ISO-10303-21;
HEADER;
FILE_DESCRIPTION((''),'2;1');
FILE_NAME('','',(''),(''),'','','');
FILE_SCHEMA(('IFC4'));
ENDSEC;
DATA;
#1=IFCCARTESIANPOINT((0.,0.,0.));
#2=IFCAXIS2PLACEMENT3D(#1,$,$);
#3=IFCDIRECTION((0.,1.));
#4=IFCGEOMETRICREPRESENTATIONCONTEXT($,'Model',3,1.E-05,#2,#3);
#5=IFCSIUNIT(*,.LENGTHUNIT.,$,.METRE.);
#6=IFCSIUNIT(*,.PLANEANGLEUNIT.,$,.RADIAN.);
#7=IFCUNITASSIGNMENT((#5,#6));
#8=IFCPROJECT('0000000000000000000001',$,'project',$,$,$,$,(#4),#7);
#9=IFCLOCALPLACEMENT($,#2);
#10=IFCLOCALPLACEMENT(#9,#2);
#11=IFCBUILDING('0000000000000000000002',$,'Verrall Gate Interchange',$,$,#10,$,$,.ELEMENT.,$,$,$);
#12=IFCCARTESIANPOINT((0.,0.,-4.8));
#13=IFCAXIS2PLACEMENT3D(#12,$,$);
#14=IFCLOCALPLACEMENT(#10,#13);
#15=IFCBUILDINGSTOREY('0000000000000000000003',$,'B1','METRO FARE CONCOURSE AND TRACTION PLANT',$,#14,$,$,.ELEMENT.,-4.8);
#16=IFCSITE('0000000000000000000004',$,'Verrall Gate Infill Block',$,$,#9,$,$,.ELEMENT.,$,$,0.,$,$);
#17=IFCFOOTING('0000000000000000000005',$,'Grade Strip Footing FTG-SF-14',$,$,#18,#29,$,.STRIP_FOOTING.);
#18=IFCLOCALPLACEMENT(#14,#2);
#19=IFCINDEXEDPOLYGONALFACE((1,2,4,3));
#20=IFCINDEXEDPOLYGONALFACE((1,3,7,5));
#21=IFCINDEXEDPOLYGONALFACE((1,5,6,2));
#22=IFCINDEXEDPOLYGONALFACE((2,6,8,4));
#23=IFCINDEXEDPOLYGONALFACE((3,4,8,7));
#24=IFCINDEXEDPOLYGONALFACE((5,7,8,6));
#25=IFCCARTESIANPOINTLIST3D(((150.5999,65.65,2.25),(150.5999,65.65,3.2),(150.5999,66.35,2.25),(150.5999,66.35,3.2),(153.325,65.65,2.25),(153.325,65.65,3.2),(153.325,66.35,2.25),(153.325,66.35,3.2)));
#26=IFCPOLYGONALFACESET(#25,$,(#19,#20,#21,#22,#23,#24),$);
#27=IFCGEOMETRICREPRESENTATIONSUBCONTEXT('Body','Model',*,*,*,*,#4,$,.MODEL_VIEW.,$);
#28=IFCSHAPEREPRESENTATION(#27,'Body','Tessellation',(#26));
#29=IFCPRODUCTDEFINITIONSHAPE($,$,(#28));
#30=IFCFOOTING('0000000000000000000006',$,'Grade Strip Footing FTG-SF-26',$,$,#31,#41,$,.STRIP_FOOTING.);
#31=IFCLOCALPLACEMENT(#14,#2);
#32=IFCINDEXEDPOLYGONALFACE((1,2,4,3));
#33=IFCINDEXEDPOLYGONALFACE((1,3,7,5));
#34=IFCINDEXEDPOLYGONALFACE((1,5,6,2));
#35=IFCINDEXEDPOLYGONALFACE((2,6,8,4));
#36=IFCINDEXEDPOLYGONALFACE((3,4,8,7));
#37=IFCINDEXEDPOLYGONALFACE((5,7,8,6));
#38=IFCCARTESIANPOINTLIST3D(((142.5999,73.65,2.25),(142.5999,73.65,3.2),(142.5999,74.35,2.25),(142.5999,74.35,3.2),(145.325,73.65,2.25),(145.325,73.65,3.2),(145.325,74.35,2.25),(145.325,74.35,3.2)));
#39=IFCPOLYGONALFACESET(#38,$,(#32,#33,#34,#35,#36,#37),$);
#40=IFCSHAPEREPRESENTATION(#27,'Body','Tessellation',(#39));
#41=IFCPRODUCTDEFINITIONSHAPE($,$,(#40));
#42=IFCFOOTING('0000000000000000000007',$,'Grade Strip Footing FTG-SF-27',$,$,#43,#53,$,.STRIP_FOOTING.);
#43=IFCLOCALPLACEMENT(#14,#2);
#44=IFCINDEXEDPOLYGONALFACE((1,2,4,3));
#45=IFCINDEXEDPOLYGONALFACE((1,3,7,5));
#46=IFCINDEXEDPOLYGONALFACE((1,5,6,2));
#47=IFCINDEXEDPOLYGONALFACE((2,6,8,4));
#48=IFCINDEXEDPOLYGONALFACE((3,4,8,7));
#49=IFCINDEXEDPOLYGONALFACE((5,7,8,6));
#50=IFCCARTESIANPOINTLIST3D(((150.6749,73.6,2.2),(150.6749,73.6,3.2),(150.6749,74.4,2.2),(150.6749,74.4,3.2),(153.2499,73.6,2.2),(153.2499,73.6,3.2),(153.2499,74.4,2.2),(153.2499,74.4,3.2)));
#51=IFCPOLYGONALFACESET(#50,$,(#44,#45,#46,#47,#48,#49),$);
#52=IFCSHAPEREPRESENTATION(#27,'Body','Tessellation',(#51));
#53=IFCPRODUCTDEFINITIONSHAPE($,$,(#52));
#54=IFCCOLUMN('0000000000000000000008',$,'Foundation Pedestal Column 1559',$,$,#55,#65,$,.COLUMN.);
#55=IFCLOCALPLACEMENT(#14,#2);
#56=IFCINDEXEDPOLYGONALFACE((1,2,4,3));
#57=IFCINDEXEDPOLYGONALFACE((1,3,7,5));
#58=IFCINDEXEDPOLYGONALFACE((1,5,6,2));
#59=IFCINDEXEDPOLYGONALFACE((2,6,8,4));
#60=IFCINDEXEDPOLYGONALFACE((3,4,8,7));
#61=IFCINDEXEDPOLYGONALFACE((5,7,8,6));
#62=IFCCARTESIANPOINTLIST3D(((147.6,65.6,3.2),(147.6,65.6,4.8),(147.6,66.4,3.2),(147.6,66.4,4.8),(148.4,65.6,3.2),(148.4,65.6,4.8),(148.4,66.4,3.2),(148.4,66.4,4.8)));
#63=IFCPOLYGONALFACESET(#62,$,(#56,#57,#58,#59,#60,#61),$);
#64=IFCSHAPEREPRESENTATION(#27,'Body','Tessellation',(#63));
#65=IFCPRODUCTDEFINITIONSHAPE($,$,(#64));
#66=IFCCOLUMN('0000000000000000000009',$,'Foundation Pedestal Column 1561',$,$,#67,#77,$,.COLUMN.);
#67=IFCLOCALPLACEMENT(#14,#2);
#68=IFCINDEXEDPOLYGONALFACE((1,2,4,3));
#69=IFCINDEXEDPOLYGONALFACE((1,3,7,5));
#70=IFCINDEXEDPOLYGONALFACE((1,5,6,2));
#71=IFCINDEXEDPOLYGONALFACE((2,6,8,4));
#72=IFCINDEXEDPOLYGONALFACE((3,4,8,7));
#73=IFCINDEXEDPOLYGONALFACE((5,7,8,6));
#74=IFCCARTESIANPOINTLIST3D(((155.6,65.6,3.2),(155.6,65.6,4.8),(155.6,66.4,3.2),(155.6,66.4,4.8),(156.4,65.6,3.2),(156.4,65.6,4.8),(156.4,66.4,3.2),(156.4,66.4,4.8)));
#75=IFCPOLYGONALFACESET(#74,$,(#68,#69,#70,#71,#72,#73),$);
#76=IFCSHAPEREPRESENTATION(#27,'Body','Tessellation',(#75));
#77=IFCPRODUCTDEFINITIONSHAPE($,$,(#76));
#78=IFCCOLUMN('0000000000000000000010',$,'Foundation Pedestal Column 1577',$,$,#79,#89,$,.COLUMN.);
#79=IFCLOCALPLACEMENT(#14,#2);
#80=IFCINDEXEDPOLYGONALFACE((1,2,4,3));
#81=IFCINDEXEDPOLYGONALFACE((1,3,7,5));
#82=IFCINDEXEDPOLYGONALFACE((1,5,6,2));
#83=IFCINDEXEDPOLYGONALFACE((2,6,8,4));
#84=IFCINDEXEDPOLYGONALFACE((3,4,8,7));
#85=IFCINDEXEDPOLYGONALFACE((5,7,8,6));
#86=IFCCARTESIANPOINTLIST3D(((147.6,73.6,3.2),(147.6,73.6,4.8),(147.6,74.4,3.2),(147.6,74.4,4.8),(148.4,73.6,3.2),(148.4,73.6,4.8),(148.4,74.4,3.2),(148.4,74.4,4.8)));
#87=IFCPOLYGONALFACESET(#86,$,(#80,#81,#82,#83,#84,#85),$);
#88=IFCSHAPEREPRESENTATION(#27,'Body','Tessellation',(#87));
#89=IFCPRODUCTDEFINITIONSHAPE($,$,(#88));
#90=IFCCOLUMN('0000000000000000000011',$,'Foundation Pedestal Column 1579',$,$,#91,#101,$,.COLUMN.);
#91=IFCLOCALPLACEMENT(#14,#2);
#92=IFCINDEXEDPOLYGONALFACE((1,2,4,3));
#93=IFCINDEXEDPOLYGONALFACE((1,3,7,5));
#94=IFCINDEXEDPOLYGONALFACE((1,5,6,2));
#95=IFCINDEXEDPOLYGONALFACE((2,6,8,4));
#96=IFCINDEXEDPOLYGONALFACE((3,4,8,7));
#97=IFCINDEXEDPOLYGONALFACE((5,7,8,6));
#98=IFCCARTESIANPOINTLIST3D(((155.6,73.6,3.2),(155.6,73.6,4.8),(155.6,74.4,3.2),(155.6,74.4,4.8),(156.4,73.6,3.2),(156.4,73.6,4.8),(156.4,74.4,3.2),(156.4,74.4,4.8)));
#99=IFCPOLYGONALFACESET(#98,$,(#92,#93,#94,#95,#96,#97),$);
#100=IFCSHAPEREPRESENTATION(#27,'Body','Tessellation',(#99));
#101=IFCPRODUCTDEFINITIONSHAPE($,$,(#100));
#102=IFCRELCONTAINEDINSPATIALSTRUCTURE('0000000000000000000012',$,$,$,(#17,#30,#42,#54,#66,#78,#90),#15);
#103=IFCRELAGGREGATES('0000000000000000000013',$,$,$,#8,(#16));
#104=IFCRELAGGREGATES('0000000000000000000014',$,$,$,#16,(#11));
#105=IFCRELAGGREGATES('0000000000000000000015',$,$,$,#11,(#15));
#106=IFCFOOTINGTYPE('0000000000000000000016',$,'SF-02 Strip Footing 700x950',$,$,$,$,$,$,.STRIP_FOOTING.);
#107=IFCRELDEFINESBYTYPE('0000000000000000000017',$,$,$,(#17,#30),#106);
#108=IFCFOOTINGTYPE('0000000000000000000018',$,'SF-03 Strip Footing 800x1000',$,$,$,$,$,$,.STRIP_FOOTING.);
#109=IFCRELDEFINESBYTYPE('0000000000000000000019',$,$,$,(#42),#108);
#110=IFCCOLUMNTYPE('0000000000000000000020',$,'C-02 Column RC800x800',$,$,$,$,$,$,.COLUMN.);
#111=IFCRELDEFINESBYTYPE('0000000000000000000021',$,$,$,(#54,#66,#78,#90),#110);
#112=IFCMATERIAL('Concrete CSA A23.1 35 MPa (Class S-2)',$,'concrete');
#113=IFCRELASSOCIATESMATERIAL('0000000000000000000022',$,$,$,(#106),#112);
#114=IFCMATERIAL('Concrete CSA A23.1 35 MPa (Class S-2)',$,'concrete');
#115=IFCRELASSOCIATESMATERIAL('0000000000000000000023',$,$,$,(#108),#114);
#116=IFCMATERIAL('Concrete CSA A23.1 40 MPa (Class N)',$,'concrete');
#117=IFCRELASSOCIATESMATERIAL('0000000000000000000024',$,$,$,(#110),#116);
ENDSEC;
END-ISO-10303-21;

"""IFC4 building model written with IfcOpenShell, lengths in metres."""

from ifc_helpers import new_model, si_unit, direction, frame, origin, origin_2d, place, context, subcontext, project, spatial, rectangle, extrude, material, material_profile, profile_set, type_object, element, save


model = new_model("IFC4")

# Units and contexts
model_context = context("Model", 3, precision=1e-05, world=origin(), true_north=direction((0.0, 1.0)))
body_context = subcontext(model_context, "Body", "Model", "MODEL_VIEW")
ifc_project = project(units=[si_unit("LENGTHUNIT", "METRE"), si_unit("PLANEANGLEUNIT", "RADIAN")], contexts=[model_context])

# Site, building, storey
site_placement = place(None, origin())
site = spatial("IfcSite", under=ifc_project, at=site_placement, Name="Verrall Gate Infill Block", CompositionType="ELEMENT", RefElevation=0.0)
building_placement = place(site_placement, origin())
building = spatial("IfcBuilding", under=site, at=building_placement, Name="Verrall Gate Interchange", CompositionType="ELEMENT")
storey_placement = place(building_placement, frame((0.0, 0.0, -4.8)))
storey = spatial("IfcBuildingStorey", under=building, at=storey_placement, Name="B1", Description="METRO FARE CONCOURSE AND TRACTION PLANT", CompositionType="ELEMENT", Elevation=-4.8)

# Footings
ifc_material_1 = material(Name="Concrete CSA A23.1 35 MPa (Class S-2)", Category="concrete")
footing_type_1 = type_object("IfcFootingType", Name="SF-02 Strip Footing 700x950", PredefinedType="STRIP_FOOTING", material=ifc_material_1)
for number, where, z_axis, x_axis, name in (
    (1, (151.9624, 66.0, 2.25), (0.0, 0.0, 1.0), (1.0, 0.0, 0.0), "Grade Strip Footing FTG-SF-14"),
    (2, (143.9624, 74.0, 2.25), (0.0, 0.0, 1.0), (1.0, 0.0, 0.0), "Grade Strip Footing FTG-SF-26"),
):
    element("IfcFooting", number, at=place(storey_placement, frame(where, z_axis=z_axis, x_axis=x_axis)), inside=storey, type_object=footing_type_1, Name=name, PredefinedType="STRIP_FOOTING", context=body_context, shape_type="SweptSolid", body=[
        extrude(rectangle(XDim=2.7251, YDim=0.7, at=origin_2d()), origin(), (0.0, 0.0, 1.0), 0.95),
    ])
ifc_material_2 = material(Name="Concrete CSA A23.1 35 MPa (Class S-2)", Category="concrete")
footing_type_2 = type_object("IfcFootingType", Name="SF-03 Strip Footing 800x1000", PredefinedType="STRIP_FOOTING", material=ifc_material_2)
footing_1_placement = place(storey_placement, frame((151.9624, 74.0, 2.2), z_axis=(0.0, 0.0, 1.0), x_axis=(1.0, 0.0, 0.0)))
element("IfcFooting", 3, at=footing_1_placement, inside=storey, type_object=footing_type_2, Name="Grade Strip Footing FTG-SF-27", PredefinedType="STRIP_FOOTING", context=body_context, shape_type="SweptSolid", body=[
    extrude(rectangle(XDim=2.575, YDim=0.8, at=origin_2d()), origin(), (0.0, 0.0, 1.0), 1.0),
])

# Columns
ifc_material_3 = material(Name="Concrete CSA A23.1 40 MPa (Class N)", Category="concrete")
ifc_material_profile_1 = material_profile(ifc_material_3, rectangle(XDim=0.8, YDim=0.8, at=origin_2d()), Name="RC800x800")
ifc_profile_set_1 = profile_set([ifc_material_profile_1], Name="Concrete CSA A23.1 40 MPa (Class N)")
column_type = type_object("IfcColumnType", Name="C-02 Column RC800x800", PredefinedType="COLUMN", material=ifc_profile_set_1)
for number, where, z_axis, x_axis, name in (
    (4, (148.0, 66.0, 3.2), (0.0, 0.0, 1.0), (1.0, 0.0, 0.0), "Foundation Pedestal Column 1559"),
    (5, (156.0, 66.0, 3.2), (0.0, 0.0, 1.0), (1.0, 0.0, 0.0), "Foundation Pedestal Column 1561"),
    (6, (148.0, 74.0, 3.2), (0.0, 0.0, 1.0), (1.0, 0.0, 0.0), "Foundation Pedestal Column 1577"),
    (7, (156.0, 74.0, 3.2), (0.0, 0.0, 1.0), (1.0, 0.0, 0.0), "Foundation Pedestal Column 1579"),
):
    element("IfcColumn", number, at=place(storey_placement, frame(where, z_axis=z_axis, x_axis=x_axis)), inside=storey, type_object=column_type, Name=name, PredefinedType="COLUMN", context=body_context, shape_type="SweptSolid", body=[
        extrude(rectangle(XDim=0.8, YDim=0.8, at=origin_2d()), origin(), (0.0, 0.0, 1.0), 1.6001),
    ])

save(model, "model.ifc")
